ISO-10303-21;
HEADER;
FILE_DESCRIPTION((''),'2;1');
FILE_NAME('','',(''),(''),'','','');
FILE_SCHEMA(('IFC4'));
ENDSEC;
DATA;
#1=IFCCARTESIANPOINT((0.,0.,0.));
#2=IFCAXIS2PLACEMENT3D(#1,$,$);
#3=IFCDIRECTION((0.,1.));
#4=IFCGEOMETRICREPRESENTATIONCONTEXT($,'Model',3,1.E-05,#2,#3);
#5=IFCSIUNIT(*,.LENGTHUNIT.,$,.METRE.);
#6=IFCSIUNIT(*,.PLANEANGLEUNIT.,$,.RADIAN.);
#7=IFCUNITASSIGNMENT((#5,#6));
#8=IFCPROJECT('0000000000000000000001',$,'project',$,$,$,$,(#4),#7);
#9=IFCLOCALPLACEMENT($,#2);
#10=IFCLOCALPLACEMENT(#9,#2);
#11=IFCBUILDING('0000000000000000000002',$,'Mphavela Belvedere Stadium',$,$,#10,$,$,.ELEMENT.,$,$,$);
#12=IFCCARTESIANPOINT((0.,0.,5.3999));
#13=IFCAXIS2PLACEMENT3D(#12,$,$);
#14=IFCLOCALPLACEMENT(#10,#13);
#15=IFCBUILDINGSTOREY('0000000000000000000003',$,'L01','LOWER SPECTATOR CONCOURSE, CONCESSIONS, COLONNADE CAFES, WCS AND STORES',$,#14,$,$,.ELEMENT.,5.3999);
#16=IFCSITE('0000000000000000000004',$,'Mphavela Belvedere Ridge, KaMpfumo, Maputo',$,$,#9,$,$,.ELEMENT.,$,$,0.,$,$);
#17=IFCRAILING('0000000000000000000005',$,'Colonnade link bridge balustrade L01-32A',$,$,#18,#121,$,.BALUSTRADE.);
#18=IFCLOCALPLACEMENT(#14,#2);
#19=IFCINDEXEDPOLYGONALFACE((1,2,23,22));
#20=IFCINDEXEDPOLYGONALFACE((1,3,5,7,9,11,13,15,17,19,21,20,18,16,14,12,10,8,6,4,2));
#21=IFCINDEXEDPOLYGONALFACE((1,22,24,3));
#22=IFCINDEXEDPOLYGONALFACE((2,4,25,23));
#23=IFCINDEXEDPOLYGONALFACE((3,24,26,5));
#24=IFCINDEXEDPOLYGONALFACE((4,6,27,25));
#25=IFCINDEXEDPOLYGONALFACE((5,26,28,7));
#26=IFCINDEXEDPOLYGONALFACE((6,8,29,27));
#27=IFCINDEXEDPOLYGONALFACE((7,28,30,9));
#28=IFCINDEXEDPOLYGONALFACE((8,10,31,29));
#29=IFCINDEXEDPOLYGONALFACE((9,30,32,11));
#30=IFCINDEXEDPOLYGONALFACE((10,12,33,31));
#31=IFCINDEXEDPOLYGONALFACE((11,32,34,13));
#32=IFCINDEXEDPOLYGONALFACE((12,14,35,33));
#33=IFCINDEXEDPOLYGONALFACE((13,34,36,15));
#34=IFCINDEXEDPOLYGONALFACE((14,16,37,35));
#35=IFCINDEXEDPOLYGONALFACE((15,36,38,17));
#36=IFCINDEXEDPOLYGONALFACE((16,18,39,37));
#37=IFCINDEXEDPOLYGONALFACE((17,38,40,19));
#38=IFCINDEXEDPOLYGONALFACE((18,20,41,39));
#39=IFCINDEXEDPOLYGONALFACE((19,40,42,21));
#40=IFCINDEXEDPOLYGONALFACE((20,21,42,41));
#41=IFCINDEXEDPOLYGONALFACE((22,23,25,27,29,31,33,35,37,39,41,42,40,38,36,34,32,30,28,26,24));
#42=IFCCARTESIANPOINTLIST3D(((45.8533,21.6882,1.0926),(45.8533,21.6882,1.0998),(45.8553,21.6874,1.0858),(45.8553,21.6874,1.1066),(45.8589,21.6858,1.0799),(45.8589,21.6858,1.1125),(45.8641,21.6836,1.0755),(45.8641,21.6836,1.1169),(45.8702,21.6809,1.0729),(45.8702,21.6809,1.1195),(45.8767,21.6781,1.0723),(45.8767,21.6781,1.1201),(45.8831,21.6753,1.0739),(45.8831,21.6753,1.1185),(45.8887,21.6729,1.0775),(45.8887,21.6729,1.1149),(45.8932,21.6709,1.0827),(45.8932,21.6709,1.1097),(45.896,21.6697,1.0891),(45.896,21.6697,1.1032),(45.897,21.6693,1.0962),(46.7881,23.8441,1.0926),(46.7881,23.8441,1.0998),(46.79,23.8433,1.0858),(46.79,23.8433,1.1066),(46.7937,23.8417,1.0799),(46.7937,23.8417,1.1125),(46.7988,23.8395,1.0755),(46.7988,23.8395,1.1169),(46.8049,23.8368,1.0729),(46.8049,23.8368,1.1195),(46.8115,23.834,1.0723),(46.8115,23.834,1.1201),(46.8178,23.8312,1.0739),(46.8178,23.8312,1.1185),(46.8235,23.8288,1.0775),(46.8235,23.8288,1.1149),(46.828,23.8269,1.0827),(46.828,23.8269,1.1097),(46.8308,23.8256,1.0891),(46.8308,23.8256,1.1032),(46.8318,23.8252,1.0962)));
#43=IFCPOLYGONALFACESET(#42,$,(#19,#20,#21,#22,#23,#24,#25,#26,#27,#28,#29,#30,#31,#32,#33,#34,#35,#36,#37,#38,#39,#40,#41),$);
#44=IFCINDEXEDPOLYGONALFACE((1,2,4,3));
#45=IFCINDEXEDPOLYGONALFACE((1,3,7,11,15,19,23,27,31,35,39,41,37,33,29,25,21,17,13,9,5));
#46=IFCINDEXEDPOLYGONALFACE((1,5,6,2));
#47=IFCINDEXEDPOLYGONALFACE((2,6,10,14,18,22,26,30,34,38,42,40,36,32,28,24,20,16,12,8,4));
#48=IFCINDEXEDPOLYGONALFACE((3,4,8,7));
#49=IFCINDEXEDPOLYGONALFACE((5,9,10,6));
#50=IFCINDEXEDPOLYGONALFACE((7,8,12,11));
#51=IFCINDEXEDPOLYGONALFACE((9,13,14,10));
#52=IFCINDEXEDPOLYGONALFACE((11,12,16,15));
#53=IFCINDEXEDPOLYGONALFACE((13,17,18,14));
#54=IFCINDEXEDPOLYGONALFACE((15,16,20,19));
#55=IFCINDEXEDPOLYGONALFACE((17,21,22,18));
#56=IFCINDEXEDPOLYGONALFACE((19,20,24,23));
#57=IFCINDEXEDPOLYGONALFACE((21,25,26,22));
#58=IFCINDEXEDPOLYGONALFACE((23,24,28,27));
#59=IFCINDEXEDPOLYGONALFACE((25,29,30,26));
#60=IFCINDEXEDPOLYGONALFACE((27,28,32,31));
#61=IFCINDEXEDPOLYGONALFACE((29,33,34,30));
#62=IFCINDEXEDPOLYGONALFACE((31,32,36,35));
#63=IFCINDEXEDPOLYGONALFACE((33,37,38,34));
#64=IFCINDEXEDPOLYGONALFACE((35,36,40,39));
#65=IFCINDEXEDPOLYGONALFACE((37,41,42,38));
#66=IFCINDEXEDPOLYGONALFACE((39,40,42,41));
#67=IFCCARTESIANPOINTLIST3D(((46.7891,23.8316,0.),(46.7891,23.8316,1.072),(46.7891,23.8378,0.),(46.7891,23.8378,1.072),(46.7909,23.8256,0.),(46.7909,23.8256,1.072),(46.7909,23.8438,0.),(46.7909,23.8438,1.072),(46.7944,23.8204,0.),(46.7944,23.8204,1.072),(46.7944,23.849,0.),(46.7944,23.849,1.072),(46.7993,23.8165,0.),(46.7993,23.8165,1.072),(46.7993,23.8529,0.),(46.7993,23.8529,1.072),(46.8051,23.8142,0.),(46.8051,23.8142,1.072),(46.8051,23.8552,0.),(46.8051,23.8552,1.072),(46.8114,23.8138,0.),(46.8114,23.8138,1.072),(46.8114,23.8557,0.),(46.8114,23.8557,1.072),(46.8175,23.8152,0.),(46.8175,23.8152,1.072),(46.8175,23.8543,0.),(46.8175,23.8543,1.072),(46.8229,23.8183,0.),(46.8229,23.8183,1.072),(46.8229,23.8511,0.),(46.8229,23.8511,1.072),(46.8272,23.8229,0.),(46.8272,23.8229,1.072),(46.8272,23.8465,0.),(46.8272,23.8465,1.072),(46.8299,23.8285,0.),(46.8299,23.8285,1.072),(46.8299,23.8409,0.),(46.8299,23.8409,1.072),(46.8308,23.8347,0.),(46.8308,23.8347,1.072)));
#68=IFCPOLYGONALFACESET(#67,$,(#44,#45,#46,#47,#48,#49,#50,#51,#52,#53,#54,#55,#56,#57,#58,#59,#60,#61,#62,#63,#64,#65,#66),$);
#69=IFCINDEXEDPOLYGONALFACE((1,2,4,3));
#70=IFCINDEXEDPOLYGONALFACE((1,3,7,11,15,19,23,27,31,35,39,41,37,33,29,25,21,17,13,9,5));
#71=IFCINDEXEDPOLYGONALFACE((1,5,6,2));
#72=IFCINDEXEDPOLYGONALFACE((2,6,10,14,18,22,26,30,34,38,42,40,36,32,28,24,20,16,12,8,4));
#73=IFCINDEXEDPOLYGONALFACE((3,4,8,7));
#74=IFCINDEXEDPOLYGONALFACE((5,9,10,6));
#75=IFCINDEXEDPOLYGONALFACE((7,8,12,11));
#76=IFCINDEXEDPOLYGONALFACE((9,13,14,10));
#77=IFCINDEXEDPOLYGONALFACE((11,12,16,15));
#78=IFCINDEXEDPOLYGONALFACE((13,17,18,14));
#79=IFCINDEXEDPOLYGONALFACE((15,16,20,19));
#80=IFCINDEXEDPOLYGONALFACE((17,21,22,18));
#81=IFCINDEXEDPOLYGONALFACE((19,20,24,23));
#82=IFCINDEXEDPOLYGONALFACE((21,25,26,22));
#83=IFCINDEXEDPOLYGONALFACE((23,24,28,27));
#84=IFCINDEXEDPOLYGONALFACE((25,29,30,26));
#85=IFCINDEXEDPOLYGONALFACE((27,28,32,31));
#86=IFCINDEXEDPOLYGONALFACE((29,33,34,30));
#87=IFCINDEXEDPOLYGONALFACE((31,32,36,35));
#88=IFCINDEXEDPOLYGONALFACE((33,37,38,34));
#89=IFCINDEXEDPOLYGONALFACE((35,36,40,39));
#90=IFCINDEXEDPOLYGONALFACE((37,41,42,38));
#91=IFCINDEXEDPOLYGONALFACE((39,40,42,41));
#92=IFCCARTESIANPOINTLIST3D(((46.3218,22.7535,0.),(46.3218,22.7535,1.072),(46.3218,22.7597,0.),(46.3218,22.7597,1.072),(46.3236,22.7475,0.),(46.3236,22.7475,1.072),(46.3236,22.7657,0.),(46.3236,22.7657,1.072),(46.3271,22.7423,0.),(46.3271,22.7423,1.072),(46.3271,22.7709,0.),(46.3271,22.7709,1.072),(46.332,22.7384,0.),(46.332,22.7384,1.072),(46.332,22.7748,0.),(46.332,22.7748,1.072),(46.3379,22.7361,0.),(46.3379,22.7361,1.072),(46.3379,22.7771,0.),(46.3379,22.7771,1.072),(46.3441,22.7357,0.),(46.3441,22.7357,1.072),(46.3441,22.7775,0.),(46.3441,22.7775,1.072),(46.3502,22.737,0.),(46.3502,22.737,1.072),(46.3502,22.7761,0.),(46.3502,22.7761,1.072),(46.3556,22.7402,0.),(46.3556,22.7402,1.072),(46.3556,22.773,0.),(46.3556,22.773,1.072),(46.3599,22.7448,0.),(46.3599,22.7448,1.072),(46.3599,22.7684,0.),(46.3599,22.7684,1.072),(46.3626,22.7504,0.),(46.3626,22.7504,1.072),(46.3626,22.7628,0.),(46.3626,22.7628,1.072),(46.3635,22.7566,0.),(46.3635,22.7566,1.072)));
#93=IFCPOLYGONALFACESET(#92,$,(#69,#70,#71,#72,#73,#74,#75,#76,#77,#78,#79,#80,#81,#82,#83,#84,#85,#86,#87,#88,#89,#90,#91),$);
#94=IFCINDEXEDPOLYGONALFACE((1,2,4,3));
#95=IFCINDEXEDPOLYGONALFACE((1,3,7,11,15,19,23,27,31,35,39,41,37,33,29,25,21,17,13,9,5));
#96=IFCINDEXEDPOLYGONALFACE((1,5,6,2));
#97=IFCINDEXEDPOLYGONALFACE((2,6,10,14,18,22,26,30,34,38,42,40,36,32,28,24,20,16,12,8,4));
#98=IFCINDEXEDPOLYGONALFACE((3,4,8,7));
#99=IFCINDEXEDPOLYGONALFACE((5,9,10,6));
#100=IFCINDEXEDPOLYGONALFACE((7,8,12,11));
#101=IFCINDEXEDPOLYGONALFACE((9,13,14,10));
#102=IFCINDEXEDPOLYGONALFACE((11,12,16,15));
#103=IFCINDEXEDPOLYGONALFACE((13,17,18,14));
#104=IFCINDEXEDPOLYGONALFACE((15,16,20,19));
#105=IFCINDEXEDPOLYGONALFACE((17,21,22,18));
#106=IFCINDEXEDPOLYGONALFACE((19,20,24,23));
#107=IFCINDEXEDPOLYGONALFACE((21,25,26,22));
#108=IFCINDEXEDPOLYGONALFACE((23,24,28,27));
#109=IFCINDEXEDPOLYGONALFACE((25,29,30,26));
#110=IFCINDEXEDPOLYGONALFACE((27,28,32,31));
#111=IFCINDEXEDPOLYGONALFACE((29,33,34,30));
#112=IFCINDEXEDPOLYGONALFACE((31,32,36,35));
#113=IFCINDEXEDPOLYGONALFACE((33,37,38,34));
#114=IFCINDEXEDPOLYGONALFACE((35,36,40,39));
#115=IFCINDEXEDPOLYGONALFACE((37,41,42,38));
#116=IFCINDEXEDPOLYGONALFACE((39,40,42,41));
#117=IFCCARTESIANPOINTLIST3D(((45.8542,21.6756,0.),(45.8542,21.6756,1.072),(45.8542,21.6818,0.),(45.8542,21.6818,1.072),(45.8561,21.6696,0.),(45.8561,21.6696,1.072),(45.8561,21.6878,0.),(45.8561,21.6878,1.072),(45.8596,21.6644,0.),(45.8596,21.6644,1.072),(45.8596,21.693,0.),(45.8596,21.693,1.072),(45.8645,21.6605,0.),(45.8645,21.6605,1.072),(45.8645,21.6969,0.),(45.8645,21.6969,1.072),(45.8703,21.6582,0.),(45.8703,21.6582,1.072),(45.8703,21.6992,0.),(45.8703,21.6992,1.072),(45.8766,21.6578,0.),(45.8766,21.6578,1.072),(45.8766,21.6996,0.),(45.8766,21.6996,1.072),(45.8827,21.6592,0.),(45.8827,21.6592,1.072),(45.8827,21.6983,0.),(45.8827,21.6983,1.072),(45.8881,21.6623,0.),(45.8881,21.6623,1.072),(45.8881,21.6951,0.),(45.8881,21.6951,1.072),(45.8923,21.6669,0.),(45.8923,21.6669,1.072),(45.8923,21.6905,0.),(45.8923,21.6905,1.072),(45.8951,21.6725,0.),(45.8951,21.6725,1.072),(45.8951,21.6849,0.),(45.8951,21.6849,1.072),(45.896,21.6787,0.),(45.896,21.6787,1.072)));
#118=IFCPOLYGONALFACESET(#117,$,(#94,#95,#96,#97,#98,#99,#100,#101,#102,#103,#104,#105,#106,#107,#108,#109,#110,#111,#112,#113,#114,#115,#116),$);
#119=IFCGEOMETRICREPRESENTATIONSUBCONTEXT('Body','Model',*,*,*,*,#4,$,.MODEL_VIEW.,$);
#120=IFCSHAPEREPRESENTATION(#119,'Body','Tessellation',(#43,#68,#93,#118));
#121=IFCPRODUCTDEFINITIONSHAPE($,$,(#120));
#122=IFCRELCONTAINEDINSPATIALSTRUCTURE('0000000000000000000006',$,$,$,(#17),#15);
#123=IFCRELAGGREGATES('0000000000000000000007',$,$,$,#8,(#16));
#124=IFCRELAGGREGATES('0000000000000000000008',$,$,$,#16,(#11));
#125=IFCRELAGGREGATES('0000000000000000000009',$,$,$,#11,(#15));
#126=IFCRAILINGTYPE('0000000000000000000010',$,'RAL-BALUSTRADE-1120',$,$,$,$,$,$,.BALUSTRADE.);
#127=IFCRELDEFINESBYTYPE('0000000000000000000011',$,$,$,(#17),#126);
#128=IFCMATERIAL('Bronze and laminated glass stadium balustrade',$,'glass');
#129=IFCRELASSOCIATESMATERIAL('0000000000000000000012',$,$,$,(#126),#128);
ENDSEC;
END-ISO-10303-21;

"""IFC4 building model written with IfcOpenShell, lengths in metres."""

from ifc_helpers import new_model, si_unit, direction, frame, origin, origin_2d, place, context, subcontext, project, spatial, circle, extrude, material, type_object, element, save


model = new_model("IFC4")

# Units and contexts
model_context = context("Model", 3, precision=1e-05, world=origin(), true_north=direction((0.0, 1.0)))
body_context = subcontext(model_context, "Body", "Model", "MODEL_VIEW")
ifc_project = project(units=[si_unit("LENGTHUNIT", "METRE"), si_unit("PLANEANGLEUNIT", "RADIAN")], contexts=[model_context])

# Site, building, storey
site_placement = place(None, origin())
site = spatial("IfcSite", under=ifc_project, at=site_placement, Name="Mphavela Belvedere Ridge, KaMpfumo, Maputo", CompositionType="ELEMENT", RefElevation=0.0)
building_placement = place(site_placement, origin())
building = spatial("IfcBuilding", under=site, at=building_placement, Name="Mphavela Belvedere Stadium", CompositionType="ELEMENT")
storey_placement = place(building_placement, frame((0.0, 0.0, 5.3999)))
storey = spatial("IfcBuildingStorey", under=building, at=storey_placement, Name="L01", Description="LOWER SPECTATOR CONCOURSE, CONCESSIONS, COLONNADE CAFES, WCS AND STORES", CompositionType="ELEMENT", Elevation=5.3999)

# Railing
ifc_material_1 = material(Name="Bronze and laminated glass stadium balustrade", Category="glass")
railing_type_1 = type_object("IfcRailingType", Name="RAL-BALUSTRADE-1120", PredefinedType="BALUSTRADE", material=ifc_material_1)
railing_1_placement = place(storey_placement, frame((46.8098, 23.8347, 0.0)))
element("IfcRailing", 1, at=railing_1_placement, inside=storey, type_object=railing_type_1, Name="Colonnade link bridge balustrade L01-32A", PredefinedType="BALUSTRADE", context=body_context, shape_type="SweptSolid", body=[
    extrude(circle(Radius=0.0239, at=origin_2d()), frame((0.0, 0.0, 1.0962), z_axis=(-0.397803, -0.917471, 0.0), x_axis=(0.917471, -0.397803, 0.0)), (0.0, 0.0, 1.0), 2.3499),
    extrude(circle(Radius=0.021, at=origin_2d()), origin(), (0.0, 0.0, 1.0), 1.072),
    extrude(circle(Radius=0.021, at=origin_2d()), frame((-0.4673, -1.0781, 0.0)), (0.0, 0.0, 1.0), 1.072),
    extrude(circle(Radius=0.021, at=origin_2d()), frame((-0.9348, -2.156, 0.0)), (0.0, 0.0, 1.0), 1.072),
])

save(model, "model.ifc")
